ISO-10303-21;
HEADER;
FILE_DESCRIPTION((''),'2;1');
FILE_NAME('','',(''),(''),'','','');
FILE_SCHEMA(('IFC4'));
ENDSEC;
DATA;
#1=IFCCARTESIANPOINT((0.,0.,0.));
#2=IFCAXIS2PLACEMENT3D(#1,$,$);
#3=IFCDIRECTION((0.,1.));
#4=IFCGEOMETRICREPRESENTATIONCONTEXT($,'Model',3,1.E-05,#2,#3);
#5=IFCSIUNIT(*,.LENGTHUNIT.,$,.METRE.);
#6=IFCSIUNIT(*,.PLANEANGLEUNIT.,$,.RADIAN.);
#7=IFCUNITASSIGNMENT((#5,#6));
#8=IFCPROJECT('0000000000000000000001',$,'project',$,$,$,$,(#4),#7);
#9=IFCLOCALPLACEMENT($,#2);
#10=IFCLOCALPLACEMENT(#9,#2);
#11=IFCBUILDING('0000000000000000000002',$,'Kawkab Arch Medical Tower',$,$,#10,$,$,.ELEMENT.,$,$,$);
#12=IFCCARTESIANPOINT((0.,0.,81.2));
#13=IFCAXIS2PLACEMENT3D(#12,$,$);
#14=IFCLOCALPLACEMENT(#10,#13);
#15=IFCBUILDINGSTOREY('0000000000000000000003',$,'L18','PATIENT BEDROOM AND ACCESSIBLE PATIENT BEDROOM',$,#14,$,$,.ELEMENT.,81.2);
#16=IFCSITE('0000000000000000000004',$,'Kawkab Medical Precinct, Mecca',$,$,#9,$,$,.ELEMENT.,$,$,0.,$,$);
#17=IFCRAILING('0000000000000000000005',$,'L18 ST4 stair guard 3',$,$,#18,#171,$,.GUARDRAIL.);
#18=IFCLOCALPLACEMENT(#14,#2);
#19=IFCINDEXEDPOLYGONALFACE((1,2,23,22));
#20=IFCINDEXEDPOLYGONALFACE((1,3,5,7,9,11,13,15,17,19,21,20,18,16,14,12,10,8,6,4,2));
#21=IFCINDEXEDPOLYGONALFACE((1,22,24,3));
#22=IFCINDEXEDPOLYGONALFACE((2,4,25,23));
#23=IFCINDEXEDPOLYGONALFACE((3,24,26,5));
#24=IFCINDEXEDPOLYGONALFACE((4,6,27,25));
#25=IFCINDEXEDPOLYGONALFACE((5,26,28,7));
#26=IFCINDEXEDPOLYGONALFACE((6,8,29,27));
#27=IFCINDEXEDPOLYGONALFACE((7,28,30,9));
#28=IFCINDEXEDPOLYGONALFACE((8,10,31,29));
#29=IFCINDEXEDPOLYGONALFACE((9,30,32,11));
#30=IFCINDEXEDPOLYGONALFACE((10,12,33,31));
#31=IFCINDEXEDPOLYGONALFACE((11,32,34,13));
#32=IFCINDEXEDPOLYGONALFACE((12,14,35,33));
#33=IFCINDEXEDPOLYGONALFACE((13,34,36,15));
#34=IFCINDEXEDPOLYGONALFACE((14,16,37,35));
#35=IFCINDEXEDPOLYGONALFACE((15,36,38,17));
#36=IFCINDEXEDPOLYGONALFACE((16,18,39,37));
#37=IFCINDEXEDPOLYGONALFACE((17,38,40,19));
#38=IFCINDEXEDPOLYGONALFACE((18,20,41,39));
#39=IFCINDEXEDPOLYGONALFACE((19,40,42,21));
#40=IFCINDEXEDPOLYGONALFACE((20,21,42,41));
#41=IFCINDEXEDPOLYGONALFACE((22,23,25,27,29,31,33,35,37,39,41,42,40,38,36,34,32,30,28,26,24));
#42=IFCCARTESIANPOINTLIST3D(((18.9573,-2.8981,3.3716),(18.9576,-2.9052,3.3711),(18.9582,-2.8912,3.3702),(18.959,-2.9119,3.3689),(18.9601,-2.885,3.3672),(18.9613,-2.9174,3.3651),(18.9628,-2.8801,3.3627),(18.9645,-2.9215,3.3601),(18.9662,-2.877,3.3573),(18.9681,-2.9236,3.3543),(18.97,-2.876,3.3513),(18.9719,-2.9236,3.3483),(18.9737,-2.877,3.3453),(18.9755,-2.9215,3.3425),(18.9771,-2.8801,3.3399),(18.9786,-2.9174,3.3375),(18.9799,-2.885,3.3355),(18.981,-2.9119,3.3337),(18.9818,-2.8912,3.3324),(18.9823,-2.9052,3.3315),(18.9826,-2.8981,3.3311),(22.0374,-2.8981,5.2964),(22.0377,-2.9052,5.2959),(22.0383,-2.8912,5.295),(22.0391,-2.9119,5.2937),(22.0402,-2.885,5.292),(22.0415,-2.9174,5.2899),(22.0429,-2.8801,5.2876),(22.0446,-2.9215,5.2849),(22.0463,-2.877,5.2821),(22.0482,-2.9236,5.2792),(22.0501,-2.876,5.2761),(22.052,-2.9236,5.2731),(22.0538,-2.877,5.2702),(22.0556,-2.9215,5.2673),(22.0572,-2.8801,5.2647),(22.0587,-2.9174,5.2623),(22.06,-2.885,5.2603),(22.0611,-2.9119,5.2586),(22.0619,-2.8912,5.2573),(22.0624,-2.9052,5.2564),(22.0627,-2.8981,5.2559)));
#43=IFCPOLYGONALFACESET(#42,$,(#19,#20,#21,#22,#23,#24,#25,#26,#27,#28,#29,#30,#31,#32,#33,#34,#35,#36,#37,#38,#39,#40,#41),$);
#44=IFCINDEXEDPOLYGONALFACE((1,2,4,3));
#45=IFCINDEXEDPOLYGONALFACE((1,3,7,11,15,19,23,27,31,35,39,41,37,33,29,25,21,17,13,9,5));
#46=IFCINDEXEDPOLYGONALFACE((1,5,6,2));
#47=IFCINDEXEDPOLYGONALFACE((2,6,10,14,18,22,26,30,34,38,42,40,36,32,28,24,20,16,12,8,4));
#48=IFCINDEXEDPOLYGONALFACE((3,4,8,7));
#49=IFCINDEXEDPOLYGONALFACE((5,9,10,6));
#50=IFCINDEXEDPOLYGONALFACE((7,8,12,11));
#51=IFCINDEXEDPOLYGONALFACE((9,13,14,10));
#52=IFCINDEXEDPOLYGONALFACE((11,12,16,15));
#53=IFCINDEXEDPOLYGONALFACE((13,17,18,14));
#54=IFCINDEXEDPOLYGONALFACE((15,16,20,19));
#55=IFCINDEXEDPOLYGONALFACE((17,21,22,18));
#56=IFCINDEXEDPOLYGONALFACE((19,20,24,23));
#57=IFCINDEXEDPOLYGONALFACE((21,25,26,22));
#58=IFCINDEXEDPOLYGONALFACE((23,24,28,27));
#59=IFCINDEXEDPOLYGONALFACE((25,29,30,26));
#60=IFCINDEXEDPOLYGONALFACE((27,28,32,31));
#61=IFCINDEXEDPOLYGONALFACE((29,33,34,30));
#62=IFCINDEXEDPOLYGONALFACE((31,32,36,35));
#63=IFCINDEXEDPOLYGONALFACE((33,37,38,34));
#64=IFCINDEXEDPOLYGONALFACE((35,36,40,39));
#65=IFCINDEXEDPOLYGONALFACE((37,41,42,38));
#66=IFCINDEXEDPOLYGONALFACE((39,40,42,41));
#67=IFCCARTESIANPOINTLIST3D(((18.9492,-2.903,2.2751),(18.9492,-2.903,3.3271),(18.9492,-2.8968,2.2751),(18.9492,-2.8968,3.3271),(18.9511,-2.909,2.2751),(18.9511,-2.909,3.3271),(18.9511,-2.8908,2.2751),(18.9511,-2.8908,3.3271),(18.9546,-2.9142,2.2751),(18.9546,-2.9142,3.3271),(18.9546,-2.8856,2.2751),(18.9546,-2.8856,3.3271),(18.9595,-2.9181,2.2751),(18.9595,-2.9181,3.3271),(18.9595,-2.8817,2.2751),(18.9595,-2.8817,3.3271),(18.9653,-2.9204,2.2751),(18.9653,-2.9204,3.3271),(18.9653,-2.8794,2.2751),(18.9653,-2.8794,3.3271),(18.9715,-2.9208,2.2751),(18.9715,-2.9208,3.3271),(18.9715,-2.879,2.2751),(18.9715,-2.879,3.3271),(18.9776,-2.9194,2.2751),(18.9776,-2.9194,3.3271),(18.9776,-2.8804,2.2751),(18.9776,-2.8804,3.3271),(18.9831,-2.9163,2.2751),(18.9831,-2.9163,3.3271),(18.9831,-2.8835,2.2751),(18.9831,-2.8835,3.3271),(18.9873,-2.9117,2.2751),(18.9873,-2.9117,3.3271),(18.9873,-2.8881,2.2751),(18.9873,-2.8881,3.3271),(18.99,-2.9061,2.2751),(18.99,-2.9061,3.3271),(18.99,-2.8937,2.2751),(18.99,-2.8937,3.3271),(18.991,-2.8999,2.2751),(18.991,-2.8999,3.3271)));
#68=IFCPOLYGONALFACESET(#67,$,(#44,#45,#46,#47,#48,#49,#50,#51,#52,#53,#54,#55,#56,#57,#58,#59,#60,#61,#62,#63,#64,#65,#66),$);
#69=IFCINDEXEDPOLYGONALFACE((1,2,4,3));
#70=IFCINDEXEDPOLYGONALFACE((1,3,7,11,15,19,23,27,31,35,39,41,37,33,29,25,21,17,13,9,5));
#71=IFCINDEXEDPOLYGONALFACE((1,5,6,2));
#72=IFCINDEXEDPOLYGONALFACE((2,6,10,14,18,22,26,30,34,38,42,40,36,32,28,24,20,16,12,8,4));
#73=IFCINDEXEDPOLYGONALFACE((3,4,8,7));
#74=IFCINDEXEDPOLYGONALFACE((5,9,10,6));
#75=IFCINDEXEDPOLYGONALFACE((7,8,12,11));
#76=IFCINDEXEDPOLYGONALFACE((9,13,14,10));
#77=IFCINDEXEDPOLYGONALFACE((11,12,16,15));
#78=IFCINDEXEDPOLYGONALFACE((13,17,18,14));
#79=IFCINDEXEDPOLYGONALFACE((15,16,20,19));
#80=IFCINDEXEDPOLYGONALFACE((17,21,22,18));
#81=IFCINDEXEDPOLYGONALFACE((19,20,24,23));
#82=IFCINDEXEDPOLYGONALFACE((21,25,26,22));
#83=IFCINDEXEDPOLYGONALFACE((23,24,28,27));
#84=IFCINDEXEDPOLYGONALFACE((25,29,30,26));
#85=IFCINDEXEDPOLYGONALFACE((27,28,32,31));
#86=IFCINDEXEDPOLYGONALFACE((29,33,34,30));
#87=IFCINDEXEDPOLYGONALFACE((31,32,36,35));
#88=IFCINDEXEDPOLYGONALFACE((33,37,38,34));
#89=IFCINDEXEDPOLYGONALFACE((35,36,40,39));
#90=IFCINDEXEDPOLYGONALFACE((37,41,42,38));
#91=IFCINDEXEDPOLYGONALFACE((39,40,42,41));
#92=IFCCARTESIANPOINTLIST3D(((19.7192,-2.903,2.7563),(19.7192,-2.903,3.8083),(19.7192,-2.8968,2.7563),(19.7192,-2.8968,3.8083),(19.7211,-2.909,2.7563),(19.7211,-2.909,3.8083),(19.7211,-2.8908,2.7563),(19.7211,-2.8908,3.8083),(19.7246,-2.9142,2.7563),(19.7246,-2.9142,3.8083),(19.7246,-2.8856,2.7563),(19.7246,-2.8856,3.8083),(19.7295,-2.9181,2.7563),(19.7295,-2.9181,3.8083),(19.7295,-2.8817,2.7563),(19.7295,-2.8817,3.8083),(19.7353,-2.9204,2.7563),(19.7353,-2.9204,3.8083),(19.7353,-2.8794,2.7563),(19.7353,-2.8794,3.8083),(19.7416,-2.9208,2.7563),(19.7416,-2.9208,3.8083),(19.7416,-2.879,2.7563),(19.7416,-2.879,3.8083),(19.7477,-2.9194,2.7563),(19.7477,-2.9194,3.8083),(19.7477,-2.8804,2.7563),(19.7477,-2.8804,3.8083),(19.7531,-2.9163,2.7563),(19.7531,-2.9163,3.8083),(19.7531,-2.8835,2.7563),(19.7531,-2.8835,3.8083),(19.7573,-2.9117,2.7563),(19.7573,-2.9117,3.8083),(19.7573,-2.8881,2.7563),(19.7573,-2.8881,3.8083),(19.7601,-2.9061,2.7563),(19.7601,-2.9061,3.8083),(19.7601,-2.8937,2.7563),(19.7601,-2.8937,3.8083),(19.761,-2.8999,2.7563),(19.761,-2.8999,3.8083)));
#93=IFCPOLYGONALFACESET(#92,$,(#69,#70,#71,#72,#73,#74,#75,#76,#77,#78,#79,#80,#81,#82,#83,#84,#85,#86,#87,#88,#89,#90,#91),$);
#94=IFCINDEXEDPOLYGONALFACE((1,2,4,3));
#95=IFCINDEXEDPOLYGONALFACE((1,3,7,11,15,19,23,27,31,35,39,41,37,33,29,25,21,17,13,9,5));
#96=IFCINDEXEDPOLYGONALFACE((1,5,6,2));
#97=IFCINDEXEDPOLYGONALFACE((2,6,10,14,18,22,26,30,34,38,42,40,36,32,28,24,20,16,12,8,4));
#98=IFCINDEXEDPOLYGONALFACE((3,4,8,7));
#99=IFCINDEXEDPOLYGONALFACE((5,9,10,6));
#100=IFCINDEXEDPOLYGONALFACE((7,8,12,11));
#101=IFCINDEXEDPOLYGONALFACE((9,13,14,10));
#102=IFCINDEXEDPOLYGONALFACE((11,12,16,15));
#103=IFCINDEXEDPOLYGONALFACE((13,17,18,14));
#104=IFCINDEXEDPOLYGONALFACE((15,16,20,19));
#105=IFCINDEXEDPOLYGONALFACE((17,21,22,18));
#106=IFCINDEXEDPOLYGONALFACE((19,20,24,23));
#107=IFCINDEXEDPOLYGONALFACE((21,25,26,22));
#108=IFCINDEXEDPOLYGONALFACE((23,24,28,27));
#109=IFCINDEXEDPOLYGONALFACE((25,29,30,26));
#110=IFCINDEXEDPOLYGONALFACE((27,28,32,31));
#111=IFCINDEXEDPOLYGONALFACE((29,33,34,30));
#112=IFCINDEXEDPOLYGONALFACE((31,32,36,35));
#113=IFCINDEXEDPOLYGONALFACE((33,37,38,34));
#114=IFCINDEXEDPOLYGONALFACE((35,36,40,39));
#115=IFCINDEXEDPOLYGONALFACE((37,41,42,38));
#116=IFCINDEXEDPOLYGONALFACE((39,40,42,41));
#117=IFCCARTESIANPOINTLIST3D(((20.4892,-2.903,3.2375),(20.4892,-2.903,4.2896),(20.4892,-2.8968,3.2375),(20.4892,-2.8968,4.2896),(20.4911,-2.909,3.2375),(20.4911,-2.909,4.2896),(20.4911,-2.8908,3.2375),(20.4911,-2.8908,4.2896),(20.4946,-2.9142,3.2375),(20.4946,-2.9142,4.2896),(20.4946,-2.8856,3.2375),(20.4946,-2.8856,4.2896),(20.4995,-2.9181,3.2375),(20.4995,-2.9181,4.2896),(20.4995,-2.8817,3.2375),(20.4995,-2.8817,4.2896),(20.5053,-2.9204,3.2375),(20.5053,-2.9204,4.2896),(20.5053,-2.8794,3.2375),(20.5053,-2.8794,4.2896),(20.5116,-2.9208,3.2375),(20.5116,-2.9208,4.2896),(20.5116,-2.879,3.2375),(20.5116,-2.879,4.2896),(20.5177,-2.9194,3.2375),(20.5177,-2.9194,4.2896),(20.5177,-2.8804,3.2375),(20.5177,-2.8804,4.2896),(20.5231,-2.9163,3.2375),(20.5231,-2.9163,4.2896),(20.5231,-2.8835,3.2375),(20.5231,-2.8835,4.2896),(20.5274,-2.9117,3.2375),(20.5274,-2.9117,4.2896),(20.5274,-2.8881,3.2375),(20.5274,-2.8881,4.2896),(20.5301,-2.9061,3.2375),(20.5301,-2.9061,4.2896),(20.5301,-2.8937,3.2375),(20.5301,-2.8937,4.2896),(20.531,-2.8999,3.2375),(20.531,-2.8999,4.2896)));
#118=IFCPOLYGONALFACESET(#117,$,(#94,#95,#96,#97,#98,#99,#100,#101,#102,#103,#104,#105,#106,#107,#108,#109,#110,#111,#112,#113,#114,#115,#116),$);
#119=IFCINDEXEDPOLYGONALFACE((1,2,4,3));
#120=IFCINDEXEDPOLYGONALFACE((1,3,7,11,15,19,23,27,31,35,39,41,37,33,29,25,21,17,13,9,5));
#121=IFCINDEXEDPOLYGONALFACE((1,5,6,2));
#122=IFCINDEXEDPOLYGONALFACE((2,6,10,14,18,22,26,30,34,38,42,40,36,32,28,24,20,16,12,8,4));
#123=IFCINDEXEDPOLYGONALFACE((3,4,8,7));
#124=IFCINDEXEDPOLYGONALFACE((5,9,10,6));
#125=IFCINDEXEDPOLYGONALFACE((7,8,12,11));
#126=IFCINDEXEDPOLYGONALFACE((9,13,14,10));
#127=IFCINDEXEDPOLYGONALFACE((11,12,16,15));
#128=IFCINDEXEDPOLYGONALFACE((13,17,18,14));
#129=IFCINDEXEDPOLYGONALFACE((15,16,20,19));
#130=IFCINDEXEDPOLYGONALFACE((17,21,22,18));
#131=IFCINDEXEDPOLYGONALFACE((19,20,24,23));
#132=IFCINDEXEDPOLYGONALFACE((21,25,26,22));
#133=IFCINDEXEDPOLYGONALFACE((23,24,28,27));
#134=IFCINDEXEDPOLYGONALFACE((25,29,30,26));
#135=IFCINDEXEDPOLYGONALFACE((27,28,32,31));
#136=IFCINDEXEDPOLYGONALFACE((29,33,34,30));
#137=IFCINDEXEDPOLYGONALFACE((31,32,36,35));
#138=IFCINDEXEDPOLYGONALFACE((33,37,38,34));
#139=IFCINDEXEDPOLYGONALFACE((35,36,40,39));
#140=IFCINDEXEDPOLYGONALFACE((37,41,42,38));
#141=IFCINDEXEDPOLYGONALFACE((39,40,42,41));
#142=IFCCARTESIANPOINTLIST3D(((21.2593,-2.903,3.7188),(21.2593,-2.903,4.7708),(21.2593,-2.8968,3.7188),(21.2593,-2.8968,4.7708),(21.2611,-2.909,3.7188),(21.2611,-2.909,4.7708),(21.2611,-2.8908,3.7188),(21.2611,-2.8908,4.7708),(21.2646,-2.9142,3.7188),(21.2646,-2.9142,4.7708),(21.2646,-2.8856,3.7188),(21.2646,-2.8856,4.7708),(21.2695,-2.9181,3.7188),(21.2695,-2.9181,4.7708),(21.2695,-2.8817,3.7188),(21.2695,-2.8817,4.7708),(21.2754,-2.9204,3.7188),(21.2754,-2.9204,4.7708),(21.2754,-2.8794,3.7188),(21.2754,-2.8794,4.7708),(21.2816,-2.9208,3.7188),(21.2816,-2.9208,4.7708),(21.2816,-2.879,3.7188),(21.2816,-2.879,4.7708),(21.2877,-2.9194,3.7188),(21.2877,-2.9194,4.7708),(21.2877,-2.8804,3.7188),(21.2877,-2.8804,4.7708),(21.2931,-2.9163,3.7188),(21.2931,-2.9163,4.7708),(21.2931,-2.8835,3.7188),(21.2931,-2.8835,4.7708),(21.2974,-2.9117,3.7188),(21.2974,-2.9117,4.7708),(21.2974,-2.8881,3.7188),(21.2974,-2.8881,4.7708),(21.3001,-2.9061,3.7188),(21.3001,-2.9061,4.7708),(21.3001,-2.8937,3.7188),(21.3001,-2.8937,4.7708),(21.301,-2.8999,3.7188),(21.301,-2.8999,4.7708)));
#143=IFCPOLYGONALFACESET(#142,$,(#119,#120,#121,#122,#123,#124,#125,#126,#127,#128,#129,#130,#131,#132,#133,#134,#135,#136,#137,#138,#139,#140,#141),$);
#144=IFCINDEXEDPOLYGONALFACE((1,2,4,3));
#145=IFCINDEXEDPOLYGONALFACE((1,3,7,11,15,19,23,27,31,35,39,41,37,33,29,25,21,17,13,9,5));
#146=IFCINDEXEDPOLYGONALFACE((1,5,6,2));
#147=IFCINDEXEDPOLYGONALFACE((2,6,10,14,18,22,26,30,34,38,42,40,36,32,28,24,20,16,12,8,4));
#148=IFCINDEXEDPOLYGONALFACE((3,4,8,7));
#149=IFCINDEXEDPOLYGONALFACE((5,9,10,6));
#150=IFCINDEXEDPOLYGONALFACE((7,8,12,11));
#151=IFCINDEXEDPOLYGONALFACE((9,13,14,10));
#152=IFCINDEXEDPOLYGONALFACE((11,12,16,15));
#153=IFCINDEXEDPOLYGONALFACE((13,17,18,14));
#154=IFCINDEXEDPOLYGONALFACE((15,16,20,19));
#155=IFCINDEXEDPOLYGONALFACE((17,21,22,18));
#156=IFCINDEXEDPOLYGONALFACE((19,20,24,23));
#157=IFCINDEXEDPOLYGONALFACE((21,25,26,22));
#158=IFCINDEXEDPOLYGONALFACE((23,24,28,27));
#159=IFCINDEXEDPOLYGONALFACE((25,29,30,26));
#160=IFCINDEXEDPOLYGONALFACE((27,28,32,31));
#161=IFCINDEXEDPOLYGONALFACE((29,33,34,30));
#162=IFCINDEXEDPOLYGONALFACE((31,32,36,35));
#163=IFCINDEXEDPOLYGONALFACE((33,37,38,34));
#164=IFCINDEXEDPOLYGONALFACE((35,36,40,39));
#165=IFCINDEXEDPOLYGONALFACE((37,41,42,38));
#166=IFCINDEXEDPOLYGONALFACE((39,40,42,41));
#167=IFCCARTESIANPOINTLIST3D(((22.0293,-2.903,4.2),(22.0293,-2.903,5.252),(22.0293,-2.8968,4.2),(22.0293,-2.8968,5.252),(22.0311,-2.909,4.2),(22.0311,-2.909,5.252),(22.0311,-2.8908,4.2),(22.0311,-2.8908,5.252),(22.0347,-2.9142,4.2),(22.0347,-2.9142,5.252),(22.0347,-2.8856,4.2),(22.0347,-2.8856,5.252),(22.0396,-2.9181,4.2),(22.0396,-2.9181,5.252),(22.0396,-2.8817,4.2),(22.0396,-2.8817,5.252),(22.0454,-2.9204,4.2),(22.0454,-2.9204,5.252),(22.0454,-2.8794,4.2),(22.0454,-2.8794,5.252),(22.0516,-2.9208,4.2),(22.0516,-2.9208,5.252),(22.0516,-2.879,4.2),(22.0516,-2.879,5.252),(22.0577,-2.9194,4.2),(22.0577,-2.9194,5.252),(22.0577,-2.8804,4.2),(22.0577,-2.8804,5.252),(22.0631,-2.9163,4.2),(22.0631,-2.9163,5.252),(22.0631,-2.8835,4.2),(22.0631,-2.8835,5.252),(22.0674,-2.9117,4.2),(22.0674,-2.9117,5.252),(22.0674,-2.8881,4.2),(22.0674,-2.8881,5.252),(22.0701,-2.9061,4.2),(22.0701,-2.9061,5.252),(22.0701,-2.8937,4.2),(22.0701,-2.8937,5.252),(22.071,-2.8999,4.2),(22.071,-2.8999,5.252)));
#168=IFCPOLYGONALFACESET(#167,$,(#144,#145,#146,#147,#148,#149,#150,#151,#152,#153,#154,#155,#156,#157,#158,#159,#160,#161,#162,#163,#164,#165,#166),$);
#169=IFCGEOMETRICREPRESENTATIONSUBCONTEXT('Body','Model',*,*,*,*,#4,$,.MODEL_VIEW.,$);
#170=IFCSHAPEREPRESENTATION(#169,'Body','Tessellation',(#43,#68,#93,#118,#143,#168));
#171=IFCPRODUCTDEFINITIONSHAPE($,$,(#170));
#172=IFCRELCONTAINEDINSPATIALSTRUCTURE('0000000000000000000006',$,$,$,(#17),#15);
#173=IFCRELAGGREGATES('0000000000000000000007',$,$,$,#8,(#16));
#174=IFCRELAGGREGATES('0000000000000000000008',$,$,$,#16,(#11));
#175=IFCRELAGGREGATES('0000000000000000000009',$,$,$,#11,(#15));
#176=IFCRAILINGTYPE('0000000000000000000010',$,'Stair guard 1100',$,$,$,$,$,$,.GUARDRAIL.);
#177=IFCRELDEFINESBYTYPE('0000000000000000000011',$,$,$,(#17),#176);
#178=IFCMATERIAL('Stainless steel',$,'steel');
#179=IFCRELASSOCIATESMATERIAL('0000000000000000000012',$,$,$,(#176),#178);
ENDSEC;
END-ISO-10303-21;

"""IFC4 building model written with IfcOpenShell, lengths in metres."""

from ifc_helpers import new_model, si_unit, direction, frame, origin, origin_2d, place, context, subcontext, project, spatial, circle, extrude, material, type_object, element, save


model = new_model("IFC4")

# Units and contexts
model_context = context("Model", 3, precision=1e-05, world=origin(), true_north=direction((0.0, 1.0)))
body_context = subcontext(model_context, "Body", "Model", "MODEL_VIEW")
ifc_project = project(units=[si_unit("LENGTHUNIT", "METRE"), si_unit("PLANEANGLEUNIT", "RADIAN")], contexts=[model_context])

# Site, building, storey
site_placement = place(None, origin())
site = spatial("IfcSite", under=ifc_project, at=site_placement, Name="Kawkab Medical Precinct, Mecca", CompositionType="ELEMENT", RefElevation=0.0)
building_placement = place(site_placement, origin())
building = spatial("IfcBuilding", under=site, at=building_placement, Name="Kawkab Arch Medical Tower", CompositionType="ELEMENT")
storey_placement = place(building_placement, frame((0.0, 0.0, 81.2)))
storey = spatial("IfcBuildingStorey", under=building, at=storey_placement, Name="L18", Description="PATIENT BEDROOM AND ACCESSIBLE PATIENT BEDROOM", CompositionType="ELEMENT", Elevation=81.2)

# Railing
ifc_material_1 = material(Name="Stainless steel", Category="steel")
railing_type_1 = type_object("IfcRailingType", Name="Stair guard 1100", PredefinedType="GUARDRAIL", material=ifc_material_1)
railing_1_placement = place(storey_placement, frame((18.97, -2.8999, 2.2751)))
element("IfcRailing", 1, at=railing_1_placement, inside=storey, type_object=railing_type_1, Name="L18 ST4 stair guard 3", PredefinedType="GUARDRAIL", context=body_context, shape_type="SweptSolid", body=[
    extrude(circle(Radius=0.0239, at=origin_2d()), frame((0.0, 0.0, 1.0762), z_axis=(0.848029, 0.0, 0.529951), x_axis=(0.0, 1.0, 0.0)), (0.0, 0.0, 1.0), 3.6321),
    extrude(circle(Radius=0.021, at=origin_2d()), origin(), (0.0, 0.0, 1.0), 1.052),
    extrude(circle(Radius=0.021, at=origin_2d()), frame((0.77, 0.0, 0.4812)), (0.0, 0.0, 1.0), 1.052),
    extrude(circle(Radius=0.021, at=origin_2d()), frame((1.54, 0.0, 0.9624)), (0.0, 0.0, 1.0), 1.052),
    extrude(circle(Radius=0.021, at=origin_2d()), frame((2.3101, 0.0, 1.4436)), (0.0, 0.0, 1.0), 1.052),
    extrude(circle(Radius=0.021, at=origin_2d()), frame((3.0801, 0.0, 1.9248)), (0.0, 0.0, 1.0), 1.052),
])

save(model, "model.ifc")
